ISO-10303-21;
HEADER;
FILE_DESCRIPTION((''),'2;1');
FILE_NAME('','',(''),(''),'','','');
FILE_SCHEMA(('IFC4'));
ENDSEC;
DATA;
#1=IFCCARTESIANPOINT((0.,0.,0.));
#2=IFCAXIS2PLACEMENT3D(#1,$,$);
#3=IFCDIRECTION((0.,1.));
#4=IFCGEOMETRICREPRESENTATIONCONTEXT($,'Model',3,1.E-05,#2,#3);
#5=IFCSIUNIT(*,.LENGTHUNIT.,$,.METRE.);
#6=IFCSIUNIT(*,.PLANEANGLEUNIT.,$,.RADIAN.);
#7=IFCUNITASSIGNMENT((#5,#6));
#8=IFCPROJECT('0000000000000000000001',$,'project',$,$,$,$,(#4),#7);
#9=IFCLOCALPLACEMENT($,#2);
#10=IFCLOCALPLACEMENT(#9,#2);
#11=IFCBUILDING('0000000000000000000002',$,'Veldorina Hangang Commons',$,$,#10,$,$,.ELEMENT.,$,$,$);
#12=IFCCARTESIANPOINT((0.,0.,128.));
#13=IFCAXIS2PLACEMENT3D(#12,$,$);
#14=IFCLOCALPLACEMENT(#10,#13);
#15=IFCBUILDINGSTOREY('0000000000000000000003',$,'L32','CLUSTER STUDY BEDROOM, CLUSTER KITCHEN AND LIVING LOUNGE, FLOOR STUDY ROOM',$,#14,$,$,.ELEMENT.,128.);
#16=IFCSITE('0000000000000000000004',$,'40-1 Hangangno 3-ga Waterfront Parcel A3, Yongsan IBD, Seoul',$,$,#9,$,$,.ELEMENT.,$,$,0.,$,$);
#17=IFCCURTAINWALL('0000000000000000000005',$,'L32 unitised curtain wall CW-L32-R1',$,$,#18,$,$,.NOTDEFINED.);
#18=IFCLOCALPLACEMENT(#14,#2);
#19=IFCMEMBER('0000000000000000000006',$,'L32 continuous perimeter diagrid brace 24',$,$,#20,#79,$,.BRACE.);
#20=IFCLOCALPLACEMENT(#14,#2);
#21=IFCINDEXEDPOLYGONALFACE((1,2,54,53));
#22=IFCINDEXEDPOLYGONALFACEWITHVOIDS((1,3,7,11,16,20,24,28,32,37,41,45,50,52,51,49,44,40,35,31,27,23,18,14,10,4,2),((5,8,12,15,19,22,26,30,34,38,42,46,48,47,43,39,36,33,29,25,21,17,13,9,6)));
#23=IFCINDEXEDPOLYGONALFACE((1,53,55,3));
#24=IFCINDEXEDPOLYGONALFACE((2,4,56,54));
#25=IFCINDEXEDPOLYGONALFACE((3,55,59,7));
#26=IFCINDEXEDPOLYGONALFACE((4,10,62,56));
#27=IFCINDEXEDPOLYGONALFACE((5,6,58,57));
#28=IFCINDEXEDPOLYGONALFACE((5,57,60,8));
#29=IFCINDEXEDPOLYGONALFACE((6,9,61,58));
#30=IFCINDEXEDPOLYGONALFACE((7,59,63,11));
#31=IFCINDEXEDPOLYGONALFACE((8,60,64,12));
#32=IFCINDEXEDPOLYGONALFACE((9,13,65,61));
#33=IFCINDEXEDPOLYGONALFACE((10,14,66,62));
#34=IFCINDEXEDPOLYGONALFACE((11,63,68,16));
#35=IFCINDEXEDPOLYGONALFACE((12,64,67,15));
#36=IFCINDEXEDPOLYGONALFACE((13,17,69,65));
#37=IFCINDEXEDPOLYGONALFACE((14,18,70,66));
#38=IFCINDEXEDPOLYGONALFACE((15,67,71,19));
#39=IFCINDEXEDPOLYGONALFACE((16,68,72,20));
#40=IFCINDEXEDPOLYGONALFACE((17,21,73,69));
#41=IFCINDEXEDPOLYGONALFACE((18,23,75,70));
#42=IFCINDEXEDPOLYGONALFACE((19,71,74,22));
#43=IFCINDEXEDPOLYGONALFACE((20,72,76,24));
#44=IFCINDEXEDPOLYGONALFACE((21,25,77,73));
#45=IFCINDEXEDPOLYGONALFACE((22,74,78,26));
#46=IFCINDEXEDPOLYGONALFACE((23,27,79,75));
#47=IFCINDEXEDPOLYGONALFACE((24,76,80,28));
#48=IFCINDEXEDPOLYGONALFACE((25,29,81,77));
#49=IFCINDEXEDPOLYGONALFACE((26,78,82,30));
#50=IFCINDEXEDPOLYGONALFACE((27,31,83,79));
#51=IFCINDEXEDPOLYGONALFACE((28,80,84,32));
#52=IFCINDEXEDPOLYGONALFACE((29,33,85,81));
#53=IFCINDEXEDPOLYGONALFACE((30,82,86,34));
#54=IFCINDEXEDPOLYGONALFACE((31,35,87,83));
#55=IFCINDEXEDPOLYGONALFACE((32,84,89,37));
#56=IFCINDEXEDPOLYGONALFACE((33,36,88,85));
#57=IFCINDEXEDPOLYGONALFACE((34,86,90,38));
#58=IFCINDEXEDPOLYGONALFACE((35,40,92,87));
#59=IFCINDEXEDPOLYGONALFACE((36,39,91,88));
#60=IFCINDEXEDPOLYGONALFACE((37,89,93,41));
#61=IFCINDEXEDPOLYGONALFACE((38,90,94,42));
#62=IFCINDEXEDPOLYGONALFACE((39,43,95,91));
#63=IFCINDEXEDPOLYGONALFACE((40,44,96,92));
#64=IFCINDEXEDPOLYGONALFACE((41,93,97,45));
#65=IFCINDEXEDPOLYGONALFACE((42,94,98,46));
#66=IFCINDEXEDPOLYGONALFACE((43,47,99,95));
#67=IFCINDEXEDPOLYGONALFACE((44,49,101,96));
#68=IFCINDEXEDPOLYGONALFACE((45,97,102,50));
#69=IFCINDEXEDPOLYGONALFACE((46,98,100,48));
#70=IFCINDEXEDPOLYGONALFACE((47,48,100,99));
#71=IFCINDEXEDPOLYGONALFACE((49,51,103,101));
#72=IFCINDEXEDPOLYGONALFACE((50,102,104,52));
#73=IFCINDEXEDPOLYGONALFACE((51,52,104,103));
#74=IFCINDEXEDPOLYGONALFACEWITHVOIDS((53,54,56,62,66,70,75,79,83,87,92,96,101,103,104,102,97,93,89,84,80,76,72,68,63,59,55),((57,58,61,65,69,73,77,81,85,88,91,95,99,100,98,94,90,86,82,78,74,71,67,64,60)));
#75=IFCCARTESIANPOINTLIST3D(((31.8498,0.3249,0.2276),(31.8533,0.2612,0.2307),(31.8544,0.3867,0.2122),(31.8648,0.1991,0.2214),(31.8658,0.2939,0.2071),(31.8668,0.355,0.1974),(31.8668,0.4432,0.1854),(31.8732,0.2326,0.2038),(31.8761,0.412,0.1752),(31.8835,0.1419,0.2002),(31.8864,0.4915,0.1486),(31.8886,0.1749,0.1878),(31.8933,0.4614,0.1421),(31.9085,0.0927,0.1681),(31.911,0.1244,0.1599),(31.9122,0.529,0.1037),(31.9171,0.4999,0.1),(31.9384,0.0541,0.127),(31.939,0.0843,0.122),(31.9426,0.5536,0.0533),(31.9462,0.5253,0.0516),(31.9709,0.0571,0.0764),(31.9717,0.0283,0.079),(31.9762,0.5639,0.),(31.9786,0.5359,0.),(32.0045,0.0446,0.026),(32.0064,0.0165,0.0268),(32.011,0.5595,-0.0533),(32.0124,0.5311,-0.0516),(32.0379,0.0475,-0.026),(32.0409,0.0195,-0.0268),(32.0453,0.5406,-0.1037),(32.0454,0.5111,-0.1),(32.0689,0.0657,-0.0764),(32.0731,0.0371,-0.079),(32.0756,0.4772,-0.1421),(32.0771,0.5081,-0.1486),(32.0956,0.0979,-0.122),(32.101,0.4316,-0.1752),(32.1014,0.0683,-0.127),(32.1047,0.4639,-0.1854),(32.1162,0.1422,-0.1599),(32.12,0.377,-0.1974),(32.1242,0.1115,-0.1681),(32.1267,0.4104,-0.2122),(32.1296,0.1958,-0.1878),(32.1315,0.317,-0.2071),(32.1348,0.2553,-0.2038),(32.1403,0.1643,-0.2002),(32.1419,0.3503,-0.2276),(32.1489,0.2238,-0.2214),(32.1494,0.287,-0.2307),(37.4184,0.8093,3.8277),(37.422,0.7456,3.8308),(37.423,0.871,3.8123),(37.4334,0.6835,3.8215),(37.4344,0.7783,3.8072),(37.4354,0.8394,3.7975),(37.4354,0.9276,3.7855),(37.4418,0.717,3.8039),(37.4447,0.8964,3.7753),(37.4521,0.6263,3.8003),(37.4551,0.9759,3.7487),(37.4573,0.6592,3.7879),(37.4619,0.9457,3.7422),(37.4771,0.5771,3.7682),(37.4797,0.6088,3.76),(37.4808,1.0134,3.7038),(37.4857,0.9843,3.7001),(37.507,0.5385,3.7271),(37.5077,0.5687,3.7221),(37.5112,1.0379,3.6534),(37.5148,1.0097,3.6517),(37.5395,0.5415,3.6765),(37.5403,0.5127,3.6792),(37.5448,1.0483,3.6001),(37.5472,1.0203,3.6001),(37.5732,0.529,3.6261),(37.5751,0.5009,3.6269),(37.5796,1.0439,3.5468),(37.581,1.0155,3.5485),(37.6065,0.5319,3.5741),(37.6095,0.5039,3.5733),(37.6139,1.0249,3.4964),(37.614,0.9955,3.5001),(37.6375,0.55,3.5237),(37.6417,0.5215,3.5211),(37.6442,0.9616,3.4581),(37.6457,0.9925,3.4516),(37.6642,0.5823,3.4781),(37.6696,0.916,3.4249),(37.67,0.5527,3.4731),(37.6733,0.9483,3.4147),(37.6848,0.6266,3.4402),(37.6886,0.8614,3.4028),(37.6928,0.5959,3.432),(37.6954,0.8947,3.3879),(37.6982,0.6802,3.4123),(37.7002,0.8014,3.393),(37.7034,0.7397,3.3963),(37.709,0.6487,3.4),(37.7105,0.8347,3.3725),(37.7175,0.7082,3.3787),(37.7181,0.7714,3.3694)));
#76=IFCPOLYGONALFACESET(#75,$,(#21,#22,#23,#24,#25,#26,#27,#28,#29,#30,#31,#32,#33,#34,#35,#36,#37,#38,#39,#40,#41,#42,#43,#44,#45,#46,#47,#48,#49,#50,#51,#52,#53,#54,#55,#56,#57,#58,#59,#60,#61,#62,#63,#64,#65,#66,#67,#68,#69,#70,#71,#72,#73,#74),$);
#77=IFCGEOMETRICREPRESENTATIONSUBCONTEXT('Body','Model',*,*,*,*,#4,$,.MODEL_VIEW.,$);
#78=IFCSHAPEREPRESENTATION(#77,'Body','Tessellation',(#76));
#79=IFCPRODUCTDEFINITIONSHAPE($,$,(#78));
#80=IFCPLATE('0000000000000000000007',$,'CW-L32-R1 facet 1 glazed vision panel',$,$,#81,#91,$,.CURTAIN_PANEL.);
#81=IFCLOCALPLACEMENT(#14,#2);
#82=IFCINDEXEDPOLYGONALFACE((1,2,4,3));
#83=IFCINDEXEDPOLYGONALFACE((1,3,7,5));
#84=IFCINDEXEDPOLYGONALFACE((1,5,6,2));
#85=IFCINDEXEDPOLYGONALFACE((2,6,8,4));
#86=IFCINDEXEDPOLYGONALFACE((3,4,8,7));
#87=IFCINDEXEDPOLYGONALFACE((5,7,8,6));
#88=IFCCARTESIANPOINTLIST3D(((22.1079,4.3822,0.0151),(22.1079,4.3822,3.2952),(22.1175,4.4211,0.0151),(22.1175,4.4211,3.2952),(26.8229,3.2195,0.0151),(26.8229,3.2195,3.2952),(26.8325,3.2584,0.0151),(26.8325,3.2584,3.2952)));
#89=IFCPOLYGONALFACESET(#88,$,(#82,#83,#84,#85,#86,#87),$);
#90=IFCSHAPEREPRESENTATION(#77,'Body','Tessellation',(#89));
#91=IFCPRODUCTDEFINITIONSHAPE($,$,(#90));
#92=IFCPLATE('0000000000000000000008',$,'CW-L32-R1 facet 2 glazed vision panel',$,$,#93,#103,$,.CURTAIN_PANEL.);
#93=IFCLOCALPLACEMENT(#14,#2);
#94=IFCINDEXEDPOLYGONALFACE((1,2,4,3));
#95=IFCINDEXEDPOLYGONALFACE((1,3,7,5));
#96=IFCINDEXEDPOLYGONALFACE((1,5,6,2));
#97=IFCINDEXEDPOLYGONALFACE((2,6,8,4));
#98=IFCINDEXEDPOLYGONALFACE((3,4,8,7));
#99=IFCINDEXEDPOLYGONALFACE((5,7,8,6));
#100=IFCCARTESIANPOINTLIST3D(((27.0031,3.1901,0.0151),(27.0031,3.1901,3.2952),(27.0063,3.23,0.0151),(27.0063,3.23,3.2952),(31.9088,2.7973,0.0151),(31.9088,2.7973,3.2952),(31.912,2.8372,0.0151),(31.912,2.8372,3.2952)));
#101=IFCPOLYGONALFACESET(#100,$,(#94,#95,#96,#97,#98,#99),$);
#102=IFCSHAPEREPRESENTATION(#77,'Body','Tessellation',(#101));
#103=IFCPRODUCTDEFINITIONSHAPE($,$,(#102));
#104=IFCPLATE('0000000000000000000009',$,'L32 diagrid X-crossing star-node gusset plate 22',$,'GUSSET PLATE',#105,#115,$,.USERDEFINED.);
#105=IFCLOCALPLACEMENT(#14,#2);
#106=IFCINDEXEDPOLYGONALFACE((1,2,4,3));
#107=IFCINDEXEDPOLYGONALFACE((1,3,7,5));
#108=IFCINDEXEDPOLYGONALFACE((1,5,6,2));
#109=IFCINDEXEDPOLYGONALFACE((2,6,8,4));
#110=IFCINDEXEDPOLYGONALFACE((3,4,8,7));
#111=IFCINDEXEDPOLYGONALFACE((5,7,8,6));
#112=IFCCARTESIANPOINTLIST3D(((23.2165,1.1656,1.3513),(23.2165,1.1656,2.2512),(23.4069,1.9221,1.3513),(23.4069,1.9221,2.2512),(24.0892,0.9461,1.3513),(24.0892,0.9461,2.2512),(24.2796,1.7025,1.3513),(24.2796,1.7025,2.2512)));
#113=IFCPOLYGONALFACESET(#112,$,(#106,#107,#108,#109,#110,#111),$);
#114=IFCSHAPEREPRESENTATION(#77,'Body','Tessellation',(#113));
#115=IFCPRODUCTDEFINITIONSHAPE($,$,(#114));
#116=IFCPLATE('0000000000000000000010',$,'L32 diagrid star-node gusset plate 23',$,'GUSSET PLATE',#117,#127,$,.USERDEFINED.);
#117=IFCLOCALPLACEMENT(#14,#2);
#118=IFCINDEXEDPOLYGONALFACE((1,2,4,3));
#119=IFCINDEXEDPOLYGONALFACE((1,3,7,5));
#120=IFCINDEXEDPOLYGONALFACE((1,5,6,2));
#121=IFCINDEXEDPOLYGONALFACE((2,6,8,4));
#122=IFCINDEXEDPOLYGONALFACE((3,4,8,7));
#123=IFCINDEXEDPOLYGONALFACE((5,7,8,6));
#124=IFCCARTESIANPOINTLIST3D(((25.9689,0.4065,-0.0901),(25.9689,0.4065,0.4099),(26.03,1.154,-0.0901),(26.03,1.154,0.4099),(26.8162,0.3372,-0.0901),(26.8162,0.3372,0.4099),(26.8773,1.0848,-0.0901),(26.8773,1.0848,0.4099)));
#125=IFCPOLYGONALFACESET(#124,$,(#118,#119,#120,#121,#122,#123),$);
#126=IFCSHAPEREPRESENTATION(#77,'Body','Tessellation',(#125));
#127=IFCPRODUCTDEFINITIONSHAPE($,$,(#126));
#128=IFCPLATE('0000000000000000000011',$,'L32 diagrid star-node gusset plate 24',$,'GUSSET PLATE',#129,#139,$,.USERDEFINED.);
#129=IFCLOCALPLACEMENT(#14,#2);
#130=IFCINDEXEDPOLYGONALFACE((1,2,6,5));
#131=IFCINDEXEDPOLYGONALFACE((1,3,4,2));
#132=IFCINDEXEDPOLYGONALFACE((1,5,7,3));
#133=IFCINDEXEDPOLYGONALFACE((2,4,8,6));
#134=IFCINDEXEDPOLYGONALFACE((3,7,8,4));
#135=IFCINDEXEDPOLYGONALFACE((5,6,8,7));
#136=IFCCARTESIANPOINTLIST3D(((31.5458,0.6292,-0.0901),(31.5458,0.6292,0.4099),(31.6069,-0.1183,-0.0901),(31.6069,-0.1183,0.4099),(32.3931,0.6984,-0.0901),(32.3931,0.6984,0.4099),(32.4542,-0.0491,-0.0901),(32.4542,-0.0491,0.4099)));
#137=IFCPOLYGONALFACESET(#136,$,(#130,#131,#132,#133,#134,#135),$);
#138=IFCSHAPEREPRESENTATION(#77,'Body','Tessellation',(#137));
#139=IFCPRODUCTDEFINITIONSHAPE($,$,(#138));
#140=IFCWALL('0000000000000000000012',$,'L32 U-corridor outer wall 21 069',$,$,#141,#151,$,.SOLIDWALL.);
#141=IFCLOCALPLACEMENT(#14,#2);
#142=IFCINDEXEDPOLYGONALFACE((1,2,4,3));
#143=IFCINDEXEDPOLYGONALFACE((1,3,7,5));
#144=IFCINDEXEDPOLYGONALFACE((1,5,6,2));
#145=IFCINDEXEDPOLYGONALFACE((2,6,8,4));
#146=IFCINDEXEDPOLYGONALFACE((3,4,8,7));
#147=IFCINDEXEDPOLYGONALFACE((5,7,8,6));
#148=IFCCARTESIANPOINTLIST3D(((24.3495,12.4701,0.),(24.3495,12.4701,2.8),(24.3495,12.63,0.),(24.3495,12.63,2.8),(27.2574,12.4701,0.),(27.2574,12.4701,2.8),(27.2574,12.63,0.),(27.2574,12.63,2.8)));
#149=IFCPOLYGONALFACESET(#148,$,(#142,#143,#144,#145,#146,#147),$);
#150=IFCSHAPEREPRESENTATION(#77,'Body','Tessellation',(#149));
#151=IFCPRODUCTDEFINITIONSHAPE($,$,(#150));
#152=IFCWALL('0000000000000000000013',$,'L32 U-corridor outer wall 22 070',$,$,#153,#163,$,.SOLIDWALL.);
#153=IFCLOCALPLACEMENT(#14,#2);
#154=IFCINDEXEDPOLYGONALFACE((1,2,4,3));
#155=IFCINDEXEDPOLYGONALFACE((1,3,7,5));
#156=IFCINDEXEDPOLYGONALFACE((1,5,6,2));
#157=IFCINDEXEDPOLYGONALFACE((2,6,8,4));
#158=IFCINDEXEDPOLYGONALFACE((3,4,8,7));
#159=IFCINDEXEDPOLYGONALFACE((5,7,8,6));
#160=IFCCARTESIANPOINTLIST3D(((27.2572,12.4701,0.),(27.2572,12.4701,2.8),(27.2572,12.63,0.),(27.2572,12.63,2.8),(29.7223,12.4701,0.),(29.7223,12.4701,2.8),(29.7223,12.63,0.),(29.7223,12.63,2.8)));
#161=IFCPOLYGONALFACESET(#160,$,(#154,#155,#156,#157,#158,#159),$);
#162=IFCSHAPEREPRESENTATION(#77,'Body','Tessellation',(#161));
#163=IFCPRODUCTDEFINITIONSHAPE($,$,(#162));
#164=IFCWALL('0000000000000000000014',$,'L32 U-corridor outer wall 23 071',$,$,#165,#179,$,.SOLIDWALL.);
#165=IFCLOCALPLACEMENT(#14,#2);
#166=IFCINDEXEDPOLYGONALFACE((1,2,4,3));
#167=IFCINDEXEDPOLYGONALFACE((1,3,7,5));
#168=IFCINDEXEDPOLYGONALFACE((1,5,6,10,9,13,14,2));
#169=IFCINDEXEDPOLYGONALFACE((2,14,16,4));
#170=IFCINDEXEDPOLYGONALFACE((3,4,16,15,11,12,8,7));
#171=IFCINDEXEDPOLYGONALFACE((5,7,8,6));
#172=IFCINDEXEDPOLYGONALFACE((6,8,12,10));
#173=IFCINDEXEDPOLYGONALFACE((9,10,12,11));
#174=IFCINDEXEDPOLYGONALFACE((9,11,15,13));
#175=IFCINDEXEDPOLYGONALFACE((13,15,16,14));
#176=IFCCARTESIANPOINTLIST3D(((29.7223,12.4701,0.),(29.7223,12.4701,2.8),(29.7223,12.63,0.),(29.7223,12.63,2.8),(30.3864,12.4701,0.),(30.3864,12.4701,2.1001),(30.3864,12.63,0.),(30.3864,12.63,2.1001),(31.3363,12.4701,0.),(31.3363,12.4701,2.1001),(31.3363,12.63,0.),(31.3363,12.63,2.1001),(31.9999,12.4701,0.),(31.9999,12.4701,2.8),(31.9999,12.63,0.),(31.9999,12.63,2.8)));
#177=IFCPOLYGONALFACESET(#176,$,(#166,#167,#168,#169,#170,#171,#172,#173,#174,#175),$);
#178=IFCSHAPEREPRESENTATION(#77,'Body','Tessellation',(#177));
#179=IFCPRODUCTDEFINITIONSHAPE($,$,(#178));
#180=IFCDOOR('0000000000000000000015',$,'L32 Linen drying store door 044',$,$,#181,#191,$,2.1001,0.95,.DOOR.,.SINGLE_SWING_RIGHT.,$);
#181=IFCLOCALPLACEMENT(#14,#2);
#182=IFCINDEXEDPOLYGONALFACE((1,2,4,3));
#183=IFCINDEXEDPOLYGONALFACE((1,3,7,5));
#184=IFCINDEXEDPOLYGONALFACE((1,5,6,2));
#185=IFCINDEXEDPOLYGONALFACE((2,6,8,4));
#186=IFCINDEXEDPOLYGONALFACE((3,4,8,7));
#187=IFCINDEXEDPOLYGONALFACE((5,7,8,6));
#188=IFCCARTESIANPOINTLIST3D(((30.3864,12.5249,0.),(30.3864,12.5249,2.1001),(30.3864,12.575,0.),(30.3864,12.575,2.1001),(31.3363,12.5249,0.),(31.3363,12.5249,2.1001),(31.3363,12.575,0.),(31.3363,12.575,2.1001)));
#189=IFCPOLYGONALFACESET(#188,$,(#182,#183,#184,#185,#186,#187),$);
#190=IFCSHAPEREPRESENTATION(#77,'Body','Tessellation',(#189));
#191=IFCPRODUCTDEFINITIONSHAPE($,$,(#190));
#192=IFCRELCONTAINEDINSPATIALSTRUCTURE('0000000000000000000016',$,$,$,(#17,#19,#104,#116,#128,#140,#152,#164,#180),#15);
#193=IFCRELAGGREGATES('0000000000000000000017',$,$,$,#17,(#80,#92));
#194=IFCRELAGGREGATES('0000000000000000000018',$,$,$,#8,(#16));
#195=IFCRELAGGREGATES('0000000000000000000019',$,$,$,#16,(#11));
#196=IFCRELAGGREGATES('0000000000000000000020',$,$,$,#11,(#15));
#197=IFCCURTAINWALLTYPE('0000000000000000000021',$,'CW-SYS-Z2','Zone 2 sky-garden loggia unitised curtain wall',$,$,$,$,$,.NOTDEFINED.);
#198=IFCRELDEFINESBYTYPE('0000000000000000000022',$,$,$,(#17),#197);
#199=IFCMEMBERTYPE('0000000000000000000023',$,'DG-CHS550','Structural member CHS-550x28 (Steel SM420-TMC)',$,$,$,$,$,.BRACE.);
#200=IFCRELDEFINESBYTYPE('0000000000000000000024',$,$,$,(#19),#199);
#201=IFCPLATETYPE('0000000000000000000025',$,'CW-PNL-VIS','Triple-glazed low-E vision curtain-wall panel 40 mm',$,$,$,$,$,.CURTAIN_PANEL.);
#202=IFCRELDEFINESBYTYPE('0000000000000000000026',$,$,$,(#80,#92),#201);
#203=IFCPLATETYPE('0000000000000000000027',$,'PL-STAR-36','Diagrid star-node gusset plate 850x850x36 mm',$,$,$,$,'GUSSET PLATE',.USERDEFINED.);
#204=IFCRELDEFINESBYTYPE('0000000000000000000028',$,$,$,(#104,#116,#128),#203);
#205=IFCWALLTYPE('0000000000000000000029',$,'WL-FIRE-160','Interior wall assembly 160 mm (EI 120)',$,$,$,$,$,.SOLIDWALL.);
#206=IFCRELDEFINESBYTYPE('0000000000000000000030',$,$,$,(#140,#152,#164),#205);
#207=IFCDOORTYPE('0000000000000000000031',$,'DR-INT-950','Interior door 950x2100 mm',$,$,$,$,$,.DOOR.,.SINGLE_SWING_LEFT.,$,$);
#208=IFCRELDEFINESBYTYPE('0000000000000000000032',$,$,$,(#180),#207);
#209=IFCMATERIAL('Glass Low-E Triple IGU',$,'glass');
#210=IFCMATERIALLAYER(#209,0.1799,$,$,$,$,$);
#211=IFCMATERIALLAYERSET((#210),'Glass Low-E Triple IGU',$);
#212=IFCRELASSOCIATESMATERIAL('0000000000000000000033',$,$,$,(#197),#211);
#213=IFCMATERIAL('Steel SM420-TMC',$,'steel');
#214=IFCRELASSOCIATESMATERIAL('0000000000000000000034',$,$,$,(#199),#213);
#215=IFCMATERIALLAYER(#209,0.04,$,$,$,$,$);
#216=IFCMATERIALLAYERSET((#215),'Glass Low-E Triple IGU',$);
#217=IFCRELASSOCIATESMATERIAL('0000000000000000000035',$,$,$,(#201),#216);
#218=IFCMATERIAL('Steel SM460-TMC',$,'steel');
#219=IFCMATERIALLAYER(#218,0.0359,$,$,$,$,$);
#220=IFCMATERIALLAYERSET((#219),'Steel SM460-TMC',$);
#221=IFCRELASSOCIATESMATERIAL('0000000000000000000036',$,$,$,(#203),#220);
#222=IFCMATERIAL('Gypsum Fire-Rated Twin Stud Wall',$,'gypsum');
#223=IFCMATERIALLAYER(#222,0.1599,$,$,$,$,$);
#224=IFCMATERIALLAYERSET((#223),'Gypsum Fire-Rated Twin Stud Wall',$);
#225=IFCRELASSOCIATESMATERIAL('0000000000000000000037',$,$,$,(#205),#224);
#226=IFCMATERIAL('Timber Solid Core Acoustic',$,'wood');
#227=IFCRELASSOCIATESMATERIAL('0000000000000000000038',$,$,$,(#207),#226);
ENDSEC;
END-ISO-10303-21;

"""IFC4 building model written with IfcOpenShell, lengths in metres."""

from ifc_helpers import new_model, si_unit, direction, frame, frame_2d, origin, origin_2d, place, context, subcontext, project, spatial, rectangle, hollow_circle, extrude, material, layer, layer_set, material_profile, profile_set, type_object, element, fill, aggregate, save


model = new_model("IFC4")

# Units and contexts
model_context = context("Model", 3, precision=1e-05, world=origin(), true_north=direction((0.0, 1.0)))
body_context = subcontext(model_context, "Body", "Model", "MODEL_VIEW")
ifc_project = project(units=[si_unit("LENGTHUNIT", "METRE"), si_unit("PLANEANGLEUNIT", "RADIAN")], contexts=[model_context])

# Site, building, storey
site_placement = place(None, origin())
site = spatial("IfcSite", under=ifc_project, at=site_placement, Name="40-1 Hangangno 3-ga Waterfront Parcel A3, Yongsan IBD, Seoul", CompositionType="ELEMENT", RefElevation=0.0)
building_placement = place(site_placement, origin())
building = spatial("IfcBuilding", under=site, at=building_placement, Name="Veldorina Hangang Commons", CompositionType="ELEMENT")
storey_placement = place(building_placement, frame((0.0, 0.0, 128.0)))
storey = spatial("IfcBuildingStorey", under=building, at=storey_placement, Name="L32", Description="CLUSTER STUDY BEDROOM, CLUSTER KITCHEN AND LIVING LOUNGE, FLOOR STUDY ROOM", CompositionType="ELEMENT", Elevation=128.0)

# Shared definitions
ifc_material_1 = material(Name="Steel SM420-TMC", Category="steel")

# Curtain wall
ifc_material_2 = material(Name="Glass Low-E Triple IGU", Category="glass")
ifc_layer_1 = layer(ifc_material_2, 0.1799)
ifc_layer_set_1 = layer_set([ifc_layer_1], Name="Glass Low-E Triple IGU")
curtain_wall_type = type_object("IfcCurtainWallType", Name="CW-SYS-Z2", Description="Zone 2 sky-garden loggia unitised curtain wall", PredefinedType="NOTDEFINED", material=ifc_layer_set_1)
curtain_wall_placement = place(storey_placement, origin())
curtain_wall = element("IfcCurtainWall", 1, at=curtain_wall_placement, inside=storey, type_object=curtain_wall_type, Name="L32 unitised curtain wall CW-L32-R1", PredefinedType="NOTDEFINED")

# Member
ifc_material_profile_1 = material_profile(ifc_material_1, hollow_circle(Radius=0.2749, WallThickness=0.0281, at=origin_2d()), Name="CHS-550x28")
ifc_profile_set_1 = profile_set([ifc_material_profile_1], Name="Steel SM420-TMC")
member_type_1 = type_object("IfcMemberType", Name="DG-CHS550", Description="Structural member CHS-550x28 (Steel SM420-TMC)", PredefinedType="BRACE", material=ifc_profile_set_1)
member_1_placement = place(storey_placement, frame((32.0, 0.29, 0.0), z_axis=(0.837553, 0.072853, 0.541477), x_axis=(-0.086656, 0.996238, 0.0)))
element("IfcMember", 2, at=member_1_placement, inside=storey, type_object=member_type_1, Name="L32 continuous perimeter diagrid brace 24", PredefinedType="BRACE", context=body_context, shape_type="SweptSolid", body=[
    extrude(hollow_circle(Radius=0.2749, WallThickness=0.0281, at=origin_2d()), origin(), (0.0, 0.0, 1.0), 6.6487),
])

# Plates
ifc_layer_2 = layer(ifc_material_2, 0.04)
ifc_layer_set_2 = layer_set([ifc_layer_2], Name="Glass Low-E Triple IGU")
plate_type_1 = type_object("IfcPlateType", Name="CW-PNL-VIS", Description="Triple-glazed low-E vision curtain-wall panel 40 mm", PredefinedType="CURTAIN_PANEL", material=ifc_layer_set_2)
plate_1_placement = place(storey_placement, frame((24.4702, 3.8203, 0.0151), z_axis=(0.0, 0.0, 1.0), x_axis=(0.970913, -0.239432, 0.0)))
plate_1 = element("IfcPlate", 3, at=plate_1_placement, type_object=plate_type_1, Name="CW-L32-R1 facet 1 glazed vision panel", PredefinedType="CURTAIN_PANEL", context=body_context, shape_type="SweptSolid", body=[
    extrude(rectangle(XDim=4.8562, YDim=0.04, at=origin_2d()), origin(), (0.0, 0.0, 1.0), 3.28),
])
plate_2_placement = place(storey_placement, frame((29.4575, 3.0137, 0.0151), z_axis=(0.0, 0.0, 1.0), x_axis=(0.99681, -0.079816, 0.0)))
plate_2 = element("IfcPlate", 4, at=plate_2_placement, type_object=plate_type_1, Name="CW-L32-R1 facet 2 glazed vision panel", PredefinedType="CURTAIN_PANEL", context=body_context, shape_type="SweptSolid", body=[
    extrude(rectangle(XDim=4.9214, YDim=0.04, at=origin_2d()), origin(), (0.0, 0.0, 1.0), 3.28),
])
aggregate(curtain_wall, [plate_1, plate_2])

# Plates
ifc_material_3 = material(Name="Steel SM460-TMC", Category="steel")
ifc_layer_3 = layer(ifc_material_3, 0.0359)
ifc_layer_set_3 = layer_set([ifc_layer_3], Name="Steel SM460-TMC")
plate_type_2 = type_object("IfcPlateType", Name="PL-STAR-36", Description="Diagrid star-node gusset plate 850x850x36 mm", ElementType="GUSSET PLATE", PredefinedType="USERDEFINED", material=ifc_layer_set_3)
plate_3_placement = place(storey_placement, frame((23.748, 1.4341, 1.3513), z_axis=(0.0, 0.0, 1.0), x_axis=(0.969774, -0.244004, 0.0)))
element("IfcPlate", 5, at=plate_3_placement, inside=storey, type_object=plate_type_2, Name="L32 diagrid X-crossing star-node gusset plate 22", ObjectType="GUSSET PLATE", PredefinedType="USERDEFINED", context=body_context, shape_type="SweptSolid", body=[
    extrude(rectangle(XDim=0.8999, YDim=0.78, at=origin_2d()), origin(), (0.0, 0.0, 1.0), 0.8999),
])
for number, where, z_axis, x_axis, name in (
    (6, (26.4231, 0.7456, -0.0901), (0.0, 0.0, 1.0), (0.99668, -0.081417, 0.0), "L32 diagrid star-node gusset plate 23"),
    (7, (32.0, 0.29, -0.0901), (0.0, 0.0, 1.0), (0.99668, 0.081417, 0.0), "L32 diagrid star-node gusset plate 24"),
):
    element("IfcPlate", number, at=place(storey_placement, frame(where, z_axis=z_axis, x_axis=x_axis)), inside=storey, type_object=plate_type_2, Name=name, ObjectType="GUSSET PLATE", PredefinedType="USERDEFINED", context=body_context, shape_type="SweptSolid", body=[
        extrude(rectangle(XDim=0.8501, YDim=0.75, at=origin_2d()), origin(), (0.0, 0.0, 1.0), 0.5),
    ])

# Walls
ifc_material_4 = material(Name="Gypsum Fire-Rated Twin Stud Wall", Category="gypsum")
ifc_layer_4 = layer(ifc_material_4, 0.1599)
ifc_layer_set_4 = layer_set([ifc_layer_4], Name="Gypsum Fire-Rated Twin Stud Wall")
wall_type_1 = type_object("IfcWallType", Name="WL-FIRE-160", Description="Interior wall assembly 160 mm (EI 120)", PredefinedType="SOLIDWALL", material=ifc_layer_set_4)
wall_1_placement = place(storey_placement, frame((24.3494, 12.55, 0.0), z_axis=(0.0, 0.0, 1.0), x_axis=(1.0, 0.0, 0.0)))
element("IfcWall", 8, at=wall_1_placement, inside=storey, type_object=wall_type_1, Name="L32 U-corridor outer wall 21 069", PredefinedType="SOLIDWALL", context=body_context, shape_type="SweptSolid", body=[
    extrude(rectangle(XDim=2.908, YDim=0.1599, at=frame_2d((1.4541, 0.0))), origin(), (0.0, 0.0, 1.0), 2.8),
])
wall_2_placement = place(storey_placement, frame((27.2573, 12.55, 0.0), z_axis=(0.0, 0.0, 1.0), x_axis=(1.0, 0.0, 0.0)))
element("IfcWall", 9, at=wall_2_placement, inside=storey, type_object=wall_type_1, Name="L32 U-corridor outer wall 22 070", PredefinedType="SOLIDWALL", context=body_context, shape_type="SweptSolid", body=[
    extrude(rectangle(XDim=2.4651, YDim=0.1599, at=frame_2d((1.2324, 0.0))), origin(), (0.0, 0.0, 1.0), 2.8),
])

# Wall, opening, door
wall_3_placement = place(storey_placement, frame((29.7224, 12.55, 0.0), z_axis=(0.0, 0.0, 1.0), x_axis=(1.0, 0.0, 0.0)))
wall_3 = element("IfcWall", 10, at=wall_3_placement, inside=storey, type_object=wall_type_1, Name="L32 U-corridor outer wall 23 071", PredefinedType="SOLIDWALL", context=body_context, shape_type="SweptSolid", body=[
    extrude(rectangle(XDim=2.2776, YDim=0.1599, at=frame_2d((1.1387, 0.0))), origin(), (0.0, 0.0, 1.0), 2.8),
])
opening_1_placement = place(wall_3_placement, frame((0.6638, 0.0, 0.0)))
opening_1 = element("IfcOpeningElement", 11, at=opening_1_placement, cuts=wall_3, PredefinedType="OPENING", context=body_context, shape_type="SweptSolid", body=[
    extrude(rectangle(XDim=0.95, YDim=2.1001, at=frame_2d((0.4751, 1.05))), frame((0.0, 0.0898, 0.0), z_axis=(0.0, -1.0, 0.0), x_axis=(1.0, 0.0, 0.0)), (0.0, 0.0, 1.0), 0.1799),
])
ifc_material_5 = material(Name="Timber Solid Core Acoustic", Category="wood")
door_type = type_object("IfcDoorType", Name="DR-INT-950", Description="Interior door 950x2100 mm", OperationType="SINGLE_SWING_LEFT", PredefinedType="DOOR", material=ifc_material_5)
door_1_placement = place(opening_1_placement, origin())
door_1 = element("IfcDoor", 12, at=door_1_placement, inside=storey, type_object=door_type, Name="L32 Linen drying store door 044", OperationType="SINGLE_SWING_RIGHT", OverallHeight=2.1001, OverallWidth=0.95, PredefinedType="DOOR", context=body_context, shape_type="SweptSolid", body=[
    extrude(rectangle(XDim=0.95, YDim=2.1001, at=frame_2d((0.4751, 1.05))), frame((0.0, 0.0249, 0.0), z_axis=(0.0, -1.0, 0.0), x_axis=(1.0, 0.0, 0.0)), (0.0, 0.0, 1.0), 0.05),
])
fill(opening_1, door_1)

save(model, "model.ifc")
